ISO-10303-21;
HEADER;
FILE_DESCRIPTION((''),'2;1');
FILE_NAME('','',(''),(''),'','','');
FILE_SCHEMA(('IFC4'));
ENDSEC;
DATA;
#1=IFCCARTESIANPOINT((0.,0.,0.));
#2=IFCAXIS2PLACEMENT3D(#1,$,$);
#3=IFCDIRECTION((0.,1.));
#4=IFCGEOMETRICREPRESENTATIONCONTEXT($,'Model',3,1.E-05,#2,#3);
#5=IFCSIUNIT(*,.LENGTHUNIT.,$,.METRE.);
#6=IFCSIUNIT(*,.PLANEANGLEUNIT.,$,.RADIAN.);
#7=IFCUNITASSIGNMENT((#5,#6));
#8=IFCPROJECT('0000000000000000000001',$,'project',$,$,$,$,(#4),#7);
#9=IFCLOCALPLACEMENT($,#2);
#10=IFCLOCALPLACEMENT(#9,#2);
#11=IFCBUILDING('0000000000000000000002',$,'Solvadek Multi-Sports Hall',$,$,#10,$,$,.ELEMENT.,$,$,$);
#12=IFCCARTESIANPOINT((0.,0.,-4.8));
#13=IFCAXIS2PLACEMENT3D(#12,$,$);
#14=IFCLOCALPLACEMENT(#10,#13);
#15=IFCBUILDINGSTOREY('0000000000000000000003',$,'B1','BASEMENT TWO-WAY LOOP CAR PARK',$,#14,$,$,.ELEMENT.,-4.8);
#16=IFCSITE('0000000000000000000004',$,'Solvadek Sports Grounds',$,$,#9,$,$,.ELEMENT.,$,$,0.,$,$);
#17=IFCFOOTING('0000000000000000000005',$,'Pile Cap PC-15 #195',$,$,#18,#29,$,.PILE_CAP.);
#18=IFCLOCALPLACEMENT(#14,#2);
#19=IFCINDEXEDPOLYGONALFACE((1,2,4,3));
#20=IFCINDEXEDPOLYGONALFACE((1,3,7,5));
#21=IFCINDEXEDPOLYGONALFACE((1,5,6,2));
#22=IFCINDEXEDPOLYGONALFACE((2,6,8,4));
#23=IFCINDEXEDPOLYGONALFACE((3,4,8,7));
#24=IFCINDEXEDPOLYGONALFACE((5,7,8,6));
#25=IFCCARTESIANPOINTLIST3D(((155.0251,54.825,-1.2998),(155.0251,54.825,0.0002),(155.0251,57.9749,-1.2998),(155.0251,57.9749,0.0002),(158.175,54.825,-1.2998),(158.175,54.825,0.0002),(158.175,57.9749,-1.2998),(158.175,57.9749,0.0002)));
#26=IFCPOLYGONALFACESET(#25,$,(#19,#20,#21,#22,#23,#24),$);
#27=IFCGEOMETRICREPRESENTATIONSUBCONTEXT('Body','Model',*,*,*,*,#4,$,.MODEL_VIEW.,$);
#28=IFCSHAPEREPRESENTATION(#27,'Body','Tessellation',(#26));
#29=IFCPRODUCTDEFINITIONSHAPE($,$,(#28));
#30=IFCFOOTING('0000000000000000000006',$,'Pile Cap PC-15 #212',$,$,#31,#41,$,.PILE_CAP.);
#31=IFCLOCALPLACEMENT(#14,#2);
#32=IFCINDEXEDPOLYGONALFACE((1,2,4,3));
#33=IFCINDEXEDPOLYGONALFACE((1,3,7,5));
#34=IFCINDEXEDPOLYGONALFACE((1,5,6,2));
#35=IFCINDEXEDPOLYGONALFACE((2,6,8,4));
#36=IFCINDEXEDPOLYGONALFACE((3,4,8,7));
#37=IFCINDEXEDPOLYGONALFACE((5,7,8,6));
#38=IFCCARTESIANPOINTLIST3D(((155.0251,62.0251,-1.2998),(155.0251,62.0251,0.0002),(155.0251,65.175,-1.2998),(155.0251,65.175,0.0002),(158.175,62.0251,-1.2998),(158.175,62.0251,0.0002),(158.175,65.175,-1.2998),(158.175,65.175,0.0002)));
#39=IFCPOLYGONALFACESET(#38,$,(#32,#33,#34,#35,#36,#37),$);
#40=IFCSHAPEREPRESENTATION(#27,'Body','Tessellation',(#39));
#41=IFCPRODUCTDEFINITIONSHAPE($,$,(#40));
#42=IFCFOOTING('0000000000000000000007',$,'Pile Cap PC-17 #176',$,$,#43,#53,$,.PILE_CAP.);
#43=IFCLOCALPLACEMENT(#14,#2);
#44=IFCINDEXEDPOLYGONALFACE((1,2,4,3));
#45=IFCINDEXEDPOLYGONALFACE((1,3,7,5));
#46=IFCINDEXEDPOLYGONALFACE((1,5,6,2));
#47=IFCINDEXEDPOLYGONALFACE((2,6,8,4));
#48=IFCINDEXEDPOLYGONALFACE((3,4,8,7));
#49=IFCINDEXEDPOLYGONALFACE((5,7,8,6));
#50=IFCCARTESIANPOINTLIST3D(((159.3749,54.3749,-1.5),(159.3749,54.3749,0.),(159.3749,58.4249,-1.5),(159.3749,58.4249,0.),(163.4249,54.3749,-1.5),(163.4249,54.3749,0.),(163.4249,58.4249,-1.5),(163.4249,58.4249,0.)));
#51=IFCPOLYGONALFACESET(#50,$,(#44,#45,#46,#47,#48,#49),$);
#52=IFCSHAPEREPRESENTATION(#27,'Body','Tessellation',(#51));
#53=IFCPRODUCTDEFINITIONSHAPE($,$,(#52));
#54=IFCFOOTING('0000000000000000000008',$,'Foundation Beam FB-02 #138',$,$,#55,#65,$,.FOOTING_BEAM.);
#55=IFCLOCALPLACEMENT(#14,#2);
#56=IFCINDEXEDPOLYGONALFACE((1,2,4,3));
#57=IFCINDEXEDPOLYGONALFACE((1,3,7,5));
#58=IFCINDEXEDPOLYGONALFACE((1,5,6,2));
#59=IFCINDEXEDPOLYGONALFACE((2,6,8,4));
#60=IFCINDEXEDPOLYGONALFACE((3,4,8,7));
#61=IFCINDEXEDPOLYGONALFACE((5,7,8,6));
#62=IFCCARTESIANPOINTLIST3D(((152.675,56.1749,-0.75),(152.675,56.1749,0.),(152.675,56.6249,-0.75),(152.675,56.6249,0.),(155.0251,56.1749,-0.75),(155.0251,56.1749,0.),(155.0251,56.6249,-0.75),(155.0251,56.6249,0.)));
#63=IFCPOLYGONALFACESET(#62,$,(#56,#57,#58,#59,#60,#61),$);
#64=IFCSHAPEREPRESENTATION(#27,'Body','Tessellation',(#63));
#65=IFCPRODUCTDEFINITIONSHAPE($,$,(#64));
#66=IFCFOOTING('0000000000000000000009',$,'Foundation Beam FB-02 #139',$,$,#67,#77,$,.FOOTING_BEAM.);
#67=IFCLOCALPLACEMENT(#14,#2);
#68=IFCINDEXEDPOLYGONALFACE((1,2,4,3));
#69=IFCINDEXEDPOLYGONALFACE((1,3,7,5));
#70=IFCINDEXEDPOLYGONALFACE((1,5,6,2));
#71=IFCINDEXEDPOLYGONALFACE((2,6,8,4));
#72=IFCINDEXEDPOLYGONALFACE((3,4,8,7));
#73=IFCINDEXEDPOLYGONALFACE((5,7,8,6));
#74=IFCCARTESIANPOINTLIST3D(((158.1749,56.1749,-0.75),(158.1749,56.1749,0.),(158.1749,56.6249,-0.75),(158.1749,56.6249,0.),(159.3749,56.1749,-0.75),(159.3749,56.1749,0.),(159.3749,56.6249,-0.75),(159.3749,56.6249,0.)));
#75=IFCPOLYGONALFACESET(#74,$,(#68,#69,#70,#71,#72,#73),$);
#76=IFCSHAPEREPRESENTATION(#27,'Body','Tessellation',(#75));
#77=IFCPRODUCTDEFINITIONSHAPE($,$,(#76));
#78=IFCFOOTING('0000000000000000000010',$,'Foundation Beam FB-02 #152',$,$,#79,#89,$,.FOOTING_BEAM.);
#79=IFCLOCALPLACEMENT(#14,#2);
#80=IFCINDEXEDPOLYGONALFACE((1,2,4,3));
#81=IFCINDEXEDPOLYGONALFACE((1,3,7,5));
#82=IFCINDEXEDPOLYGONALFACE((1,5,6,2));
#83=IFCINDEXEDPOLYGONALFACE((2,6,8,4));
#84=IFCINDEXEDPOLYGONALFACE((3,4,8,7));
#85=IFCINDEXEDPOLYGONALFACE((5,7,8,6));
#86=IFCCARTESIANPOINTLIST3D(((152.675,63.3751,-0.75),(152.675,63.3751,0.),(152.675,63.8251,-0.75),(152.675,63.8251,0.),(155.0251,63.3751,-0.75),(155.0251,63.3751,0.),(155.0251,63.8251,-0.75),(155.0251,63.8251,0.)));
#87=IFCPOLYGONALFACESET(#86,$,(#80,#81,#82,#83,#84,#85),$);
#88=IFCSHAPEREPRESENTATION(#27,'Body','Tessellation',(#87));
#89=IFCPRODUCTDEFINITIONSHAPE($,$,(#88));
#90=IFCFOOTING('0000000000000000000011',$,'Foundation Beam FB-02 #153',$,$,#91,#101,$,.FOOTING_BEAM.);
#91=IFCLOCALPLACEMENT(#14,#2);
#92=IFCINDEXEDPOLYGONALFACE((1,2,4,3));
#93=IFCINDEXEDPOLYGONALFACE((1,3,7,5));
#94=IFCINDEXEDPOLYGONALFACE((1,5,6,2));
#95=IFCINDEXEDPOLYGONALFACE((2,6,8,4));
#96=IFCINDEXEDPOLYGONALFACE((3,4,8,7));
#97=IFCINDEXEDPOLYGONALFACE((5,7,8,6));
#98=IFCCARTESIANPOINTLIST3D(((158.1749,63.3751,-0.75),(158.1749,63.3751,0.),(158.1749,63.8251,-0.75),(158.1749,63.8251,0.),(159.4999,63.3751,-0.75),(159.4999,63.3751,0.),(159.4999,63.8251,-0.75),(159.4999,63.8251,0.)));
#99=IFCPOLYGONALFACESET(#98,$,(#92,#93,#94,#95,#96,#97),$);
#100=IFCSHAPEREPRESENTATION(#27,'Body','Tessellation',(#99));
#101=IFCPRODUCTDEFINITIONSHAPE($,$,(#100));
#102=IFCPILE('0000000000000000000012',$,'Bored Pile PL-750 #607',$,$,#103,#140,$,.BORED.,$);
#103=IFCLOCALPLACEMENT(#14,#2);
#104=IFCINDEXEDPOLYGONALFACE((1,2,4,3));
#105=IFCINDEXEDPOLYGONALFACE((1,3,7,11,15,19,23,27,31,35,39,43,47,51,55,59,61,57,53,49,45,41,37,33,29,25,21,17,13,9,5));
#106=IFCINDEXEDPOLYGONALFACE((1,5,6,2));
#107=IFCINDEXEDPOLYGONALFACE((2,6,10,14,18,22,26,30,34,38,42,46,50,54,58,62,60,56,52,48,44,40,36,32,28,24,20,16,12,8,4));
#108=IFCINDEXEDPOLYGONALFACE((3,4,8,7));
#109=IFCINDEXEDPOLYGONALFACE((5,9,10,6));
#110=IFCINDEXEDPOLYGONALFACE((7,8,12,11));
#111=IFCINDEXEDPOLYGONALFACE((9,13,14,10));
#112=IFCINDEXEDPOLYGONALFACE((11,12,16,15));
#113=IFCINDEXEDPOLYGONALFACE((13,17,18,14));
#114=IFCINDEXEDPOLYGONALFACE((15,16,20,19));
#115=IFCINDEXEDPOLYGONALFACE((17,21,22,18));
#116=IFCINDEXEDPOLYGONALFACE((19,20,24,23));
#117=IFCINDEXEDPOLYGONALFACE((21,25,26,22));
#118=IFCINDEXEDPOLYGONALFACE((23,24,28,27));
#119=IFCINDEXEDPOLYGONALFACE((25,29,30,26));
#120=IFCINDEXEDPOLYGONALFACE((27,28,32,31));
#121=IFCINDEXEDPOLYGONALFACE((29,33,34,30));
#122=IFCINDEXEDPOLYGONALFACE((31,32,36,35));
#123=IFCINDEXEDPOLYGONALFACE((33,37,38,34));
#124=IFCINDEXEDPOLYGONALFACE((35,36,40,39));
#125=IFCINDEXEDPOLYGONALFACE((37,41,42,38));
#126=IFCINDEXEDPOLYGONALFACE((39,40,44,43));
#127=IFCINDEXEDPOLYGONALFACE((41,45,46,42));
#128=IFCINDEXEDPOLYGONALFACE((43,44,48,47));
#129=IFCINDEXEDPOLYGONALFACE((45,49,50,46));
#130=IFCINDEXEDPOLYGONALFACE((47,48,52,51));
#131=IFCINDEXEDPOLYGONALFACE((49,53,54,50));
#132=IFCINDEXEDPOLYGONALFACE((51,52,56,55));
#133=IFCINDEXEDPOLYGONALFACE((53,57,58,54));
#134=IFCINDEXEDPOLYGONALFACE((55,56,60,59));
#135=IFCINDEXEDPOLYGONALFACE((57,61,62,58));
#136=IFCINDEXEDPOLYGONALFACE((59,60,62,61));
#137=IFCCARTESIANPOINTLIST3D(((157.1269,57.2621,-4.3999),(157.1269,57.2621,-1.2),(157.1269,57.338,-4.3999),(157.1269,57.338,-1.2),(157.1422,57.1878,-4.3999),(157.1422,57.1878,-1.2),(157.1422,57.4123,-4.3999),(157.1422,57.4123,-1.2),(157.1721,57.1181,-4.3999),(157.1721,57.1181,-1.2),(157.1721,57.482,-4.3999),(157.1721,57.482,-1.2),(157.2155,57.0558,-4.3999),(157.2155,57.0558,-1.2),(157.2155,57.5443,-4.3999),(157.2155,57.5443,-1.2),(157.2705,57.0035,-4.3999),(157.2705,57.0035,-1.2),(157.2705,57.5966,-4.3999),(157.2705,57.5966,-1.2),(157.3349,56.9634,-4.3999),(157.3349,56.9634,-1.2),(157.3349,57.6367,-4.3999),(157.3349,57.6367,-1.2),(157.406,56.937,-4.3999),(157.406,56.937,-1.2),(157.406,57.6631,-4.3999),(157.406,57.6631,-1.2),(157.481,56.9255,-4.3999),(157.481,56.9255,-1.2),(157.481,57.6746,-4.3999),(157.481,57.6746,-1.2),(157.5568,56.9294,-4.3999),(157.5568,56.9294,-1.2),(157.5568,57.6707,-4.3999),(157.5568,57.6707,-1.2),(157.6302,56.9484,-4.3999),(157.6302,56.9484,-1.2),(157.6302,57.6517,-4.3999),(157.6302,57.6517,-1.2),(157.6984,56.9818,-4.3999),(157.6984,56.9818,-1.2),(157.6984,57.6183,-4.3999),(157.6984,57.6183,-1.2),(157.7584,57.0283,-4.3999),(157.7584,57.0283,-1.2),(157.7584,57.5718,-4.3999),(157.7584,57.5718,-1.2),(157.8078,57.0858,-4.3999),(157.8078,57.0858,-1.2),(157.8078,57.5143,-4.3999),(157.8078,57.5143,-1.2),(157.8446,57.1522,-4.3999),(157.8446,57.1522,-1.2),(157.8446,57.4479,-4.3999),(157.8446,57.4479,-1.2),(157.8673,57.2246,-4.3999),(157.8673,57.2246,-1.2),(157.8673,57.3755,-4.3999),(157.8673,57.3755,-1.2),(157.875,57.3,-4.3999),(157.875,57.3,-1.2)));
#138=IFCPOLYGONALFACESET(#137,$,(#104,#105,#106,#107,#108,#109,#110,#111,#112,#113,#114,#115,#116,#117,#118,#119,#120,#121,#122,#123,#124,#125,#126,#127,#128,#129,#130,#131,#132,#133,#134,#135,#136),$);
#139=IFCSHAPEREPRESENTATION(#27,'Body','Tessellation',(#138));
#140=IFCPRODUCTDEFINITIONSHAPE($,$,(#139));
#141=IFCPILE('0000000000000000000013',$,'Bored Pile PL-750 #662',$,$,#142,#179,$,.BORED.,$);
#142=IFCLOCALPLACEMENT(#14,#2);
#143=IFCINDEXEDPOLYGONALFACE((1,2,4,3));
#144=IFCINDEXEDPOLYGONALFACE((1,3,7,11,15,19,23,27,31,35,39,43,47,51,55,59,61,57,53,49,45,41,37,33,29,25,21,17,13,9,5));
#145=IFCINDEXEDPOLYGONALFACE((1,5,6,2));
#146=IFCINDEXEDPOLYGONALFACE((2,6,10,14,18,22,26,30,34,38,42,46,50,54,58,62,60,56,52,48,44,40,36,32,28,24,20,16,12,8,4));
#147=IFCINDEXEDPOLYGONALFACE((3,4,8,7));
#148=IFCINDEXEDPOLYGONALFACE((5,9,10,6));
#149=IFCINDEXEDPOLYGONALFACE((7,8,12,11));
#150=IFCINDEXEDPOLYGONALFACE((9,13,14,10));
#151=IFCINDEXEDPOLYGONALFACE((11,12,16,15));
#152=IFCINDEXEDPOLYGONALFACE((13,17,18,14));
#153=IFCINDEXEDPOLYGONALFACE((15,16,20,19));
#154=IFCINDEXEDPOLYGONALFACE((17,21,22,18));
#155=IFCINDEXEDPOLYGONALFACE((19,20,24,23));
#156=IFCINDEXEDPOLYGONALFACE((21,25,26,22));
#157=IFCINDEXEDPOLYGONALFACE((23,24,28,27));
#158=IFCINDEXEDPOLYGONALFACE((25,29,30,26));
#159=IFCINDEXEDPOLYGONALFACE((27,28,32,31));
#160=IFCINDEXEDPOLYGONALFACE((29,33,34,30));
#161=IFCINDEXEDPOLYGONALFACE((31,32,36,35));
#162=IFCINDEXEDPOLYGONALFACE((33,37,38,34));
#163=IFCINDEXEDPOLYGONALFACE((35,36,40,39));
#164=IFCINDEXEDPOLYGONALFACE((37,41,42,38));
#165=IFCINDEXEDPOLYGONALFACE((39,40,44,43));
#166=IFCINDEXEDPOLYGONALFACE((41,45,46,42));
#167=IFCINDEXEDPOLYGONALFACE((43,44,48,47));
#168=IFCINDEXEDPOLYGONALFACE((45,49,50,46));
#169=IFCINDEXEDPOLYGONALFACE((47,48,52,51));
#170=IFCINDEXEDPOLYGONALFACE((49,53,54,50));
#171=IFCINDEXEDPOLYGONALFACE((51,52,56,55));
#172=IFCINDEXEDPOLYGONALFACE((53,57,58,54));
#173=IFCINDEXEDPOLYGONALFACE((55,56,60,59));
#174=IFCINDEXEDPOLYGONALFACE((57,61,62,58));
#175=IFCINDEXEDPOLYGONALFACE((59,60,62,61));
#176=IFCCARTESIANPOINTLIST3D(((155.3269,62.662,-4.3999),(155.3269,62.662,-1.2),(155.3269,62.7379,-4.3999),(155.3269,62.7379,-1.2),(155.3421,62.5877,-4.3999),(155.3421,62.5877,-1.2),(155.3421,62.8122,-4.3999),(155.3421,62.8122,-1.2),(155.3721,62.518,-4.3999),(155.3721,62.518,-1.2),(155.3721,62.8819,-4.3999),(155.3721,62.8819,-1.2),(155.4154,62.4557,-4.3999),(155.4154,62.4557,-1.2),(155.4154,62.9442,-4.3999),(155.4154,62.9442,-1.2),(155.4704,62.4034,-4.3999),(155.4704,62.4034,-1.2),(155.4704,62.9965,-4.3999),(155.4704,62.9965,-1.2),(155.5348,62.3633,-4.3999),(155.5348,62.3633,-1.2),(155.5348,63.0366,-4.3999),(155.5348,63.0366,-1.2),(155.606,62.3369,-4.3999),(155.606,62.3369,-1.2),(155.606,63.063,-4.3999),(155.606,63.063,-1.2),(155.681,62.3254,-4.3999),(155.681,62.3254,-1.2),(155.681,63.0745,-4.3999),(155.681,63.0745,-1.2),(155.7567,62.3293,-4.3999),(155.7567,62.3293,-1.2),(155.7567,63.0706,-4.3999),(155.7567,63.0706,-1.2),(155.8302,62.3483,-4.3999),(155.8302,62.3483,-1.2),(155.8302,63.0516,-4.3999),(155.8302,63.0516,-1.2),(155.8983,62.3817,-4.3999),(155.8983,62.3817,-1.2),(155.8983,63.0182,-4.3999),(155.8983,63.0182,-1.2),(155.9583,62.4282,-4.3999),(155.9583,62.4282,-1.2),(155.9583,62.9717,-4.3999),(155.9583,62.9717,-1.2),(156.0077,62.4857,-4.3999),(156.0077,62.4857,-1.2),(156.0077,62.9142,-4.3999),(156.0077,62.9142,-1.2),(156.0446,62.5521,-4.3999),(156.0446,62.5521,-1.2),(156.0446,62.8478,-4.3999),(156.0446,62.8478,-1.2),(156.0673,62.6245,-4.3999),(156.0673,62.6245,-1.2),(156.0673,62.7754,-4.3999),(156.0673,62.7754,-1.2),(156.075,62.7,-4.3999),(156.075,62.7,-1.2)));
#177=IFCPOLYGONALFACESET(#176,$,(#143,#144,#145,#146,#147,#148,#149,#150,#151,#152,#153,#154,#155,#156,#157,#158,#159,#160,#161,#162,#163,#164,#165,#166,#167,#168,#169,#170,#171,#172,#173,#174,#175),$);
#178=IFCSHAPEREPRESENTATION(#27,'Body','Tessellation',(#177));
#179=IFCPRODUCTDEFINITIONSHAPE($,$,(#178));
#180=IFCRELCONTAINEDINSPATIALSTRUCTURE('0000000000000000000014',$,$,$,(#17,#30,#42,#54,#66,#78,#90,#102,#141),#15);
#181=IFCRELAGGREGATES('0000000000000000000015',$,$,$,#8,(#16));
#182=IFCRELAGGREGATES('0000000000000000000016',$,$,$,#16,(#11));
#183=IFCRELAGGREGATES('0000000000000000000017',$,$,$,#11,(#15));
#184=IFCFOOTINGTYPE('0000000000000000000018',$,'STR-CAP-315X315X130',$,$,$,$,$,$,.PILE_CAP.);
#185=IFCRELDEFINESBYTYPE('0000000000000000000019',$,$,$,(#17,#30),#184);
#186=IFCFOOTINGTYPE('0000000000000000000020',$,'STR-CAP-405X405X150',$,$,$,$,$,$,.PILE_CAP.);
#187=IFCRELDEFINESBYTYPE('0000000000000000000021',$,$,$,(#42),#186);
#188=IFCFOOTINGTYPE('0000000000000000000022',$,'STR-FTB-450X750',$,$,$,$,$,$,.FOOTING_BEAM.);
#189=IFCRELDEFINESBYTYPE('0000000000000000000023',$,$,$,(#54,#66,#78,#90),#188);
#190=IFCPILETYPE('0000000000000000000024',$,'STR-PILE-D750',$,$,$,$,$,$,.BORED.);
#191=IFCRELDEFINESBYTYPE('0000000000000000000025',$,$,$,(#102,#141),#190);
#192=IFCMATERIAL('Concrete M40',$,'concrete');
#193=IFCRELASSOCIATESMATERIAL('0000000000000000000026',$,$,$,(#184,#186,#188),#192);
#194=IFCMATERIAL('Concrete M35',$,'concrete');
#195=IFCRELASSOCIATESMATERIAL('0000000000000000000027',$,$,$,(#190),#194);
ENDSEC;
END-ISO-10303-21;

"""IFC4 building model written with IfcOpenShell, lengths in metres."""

from ifc_helpers import new_model, si_unit, direction, frame, origin, origin_2d, place, context, subcontext, project, spatial, rectangle, circle, extrude, material, material_profile, profile_set, type_object, element, save


model = new_model("IFC4")

# Units and contexts
model_context = context("Model", 3, precision=1e-05, world=origin(), true_north=direction((0.0, 1.0)))
body_context = subcontext(model_context, "Body", "Model", "MODEL_VIEW")
ifc_project = project(units=[si_unit("LENGTHUNIT", "METRE"), si_unit("PLANEANGLEUNIT", "RADIAN")], contexts=[model_context])

# Site, building, storey
site_placement = place(None, origin())
site = spatial("IfcSite", under=ifc_project, at=site_placement, Name="Solvadek Sports Grounds", CompositionType="ELEMENT", RefElevation=0.0)
building_placement = place(site_placement, origin())
building = spatial("IfcBuilding", under=site, at=building_placement, Name="Solvadek Multi-Sports Hall", CompositionType="ELEMENT")
storey_placement = place(building_placement, frame((0.0, 0.0, -4.8)))
storey = spatial("IfcBuildingStorey", under=building, at=storey_placement, Name="B1", Description="BASEMENT TWO-WAY LOOP CAR PARK", CompositionType="ELEMENT", Elevation=-4.8)

# Footings
ifc_material_1 = material(Name="Concrete M40", Category="concrete")
footing_type_1 = type_object("IfcFootingType", Name="STR-CAP-315X315X130", PredefinedType="PILE_CAP", material=ifc_material_1)
for number, where, z_axis, x_axis, name in (
    (1, (156.6001, 56.3999, -1.2998), (0.0, 0.0, 1.0), (1.0, 0.0, 0.0), "Pile Cap PC-15 #195"),
    (2, (156.6001, 63.6001, -1.2998), (0.0, 0.0, 1.0), (1.0, 0.0, 0.0), "Pile Cap PC-15 #212"),
):
    element("IfcFooting", number, at=place(storey_placement, frame(where, z_axis=z_axis, x_axis=x_axis)), inside=storey, type_object=footing_type_1, Name=name, PredefinedType="PILE_CAP", context=body_context, shape_type="SweptSolid", body=[
        extrude(rectangle(XDim=3.1499, YDim=3.1499, at=origin_2d()), origin(), (0.0, 0.0, 1.0), 1.3),
    ])
footing_type_2 = type_object("IfcFootingType", Name="STR-CAP-405X405X150", PredefinedType="PILE_CAP", material=ifc_material_1)
footing_1_placement = place(storey_placement, frame((161.3999, 56.3999, -1.5), z_axis=(0.0, 0.0, 1.0), x_axis=(1.0, 0.0, 0.0)))
element("IfcFooting", 3, at=footing_1_placement, inside=storey, type_object=footing_type_2, Name="Pile Cap PC-17 #176", PredefinedType="PILE_CAP", context=body_context, shape_type="SweptSolid", body=[
    extrude(rectangle(XDim=4.05, YDim=4.05, at=origin_2d()), origin(), (0.0, 0.0, 1.0), 1.5),
])
footing_type_3 = type_object("IfcFootingType", Name="STR-FTB-450X750", PredefinedType="FOOTING_BEAM", material=ifc_material_1)
footing_2_placement = place(storey_placement, frame((153.8501, 56.3999, -0.75), z_axis=(0.0, 0.0, 1.0), x_axis=(1.0, 0.0, 0.0)))
element("IfcFooting", 4, at=footing_2_placement, inside=storey, type_object=footing_type_3, Name="Foundation Beam FB-02 #138", PredefinedType="FOOTING_BEAM", context=body_context, shape_type="SweptSolid", body=[
    extrude(rectangle(XDim=2.3501, YDim=0.45, at=origin_2d()), origin(), (0.0, 0.0, 1.0), 0.75),
])
footing_3_placement = place(storey_placement, frame((158.7749, 56.3999, -0.75), z_axis=(0.0, 0.0, 1.0), x_axis=(1.0, 0.0, 0.0)))
element("IfcFooting", 5, at=footing_3_placement, inside=storey, type_object=footing_type_3, Name="Foundation Beam FB-02 #139", PredefinedType="FOOTING_BEAM", context=body_context, shape_type="SweptSolid", body=[
    extrude(rectangle(XDim=1.2, YDim=0.45, at=origin_2d()), origin(), (0.0, 0.0, 1.0), 0.75),
])
footing_4_placement = place(storey_placement, frame((153.8501, 63.6001, -0.75), z_axis=(0.0, 0.0, 1.0), x_axis=(1.0, 0.0, 0.0)))
element("IfcFooting", 6, at=footing_4_placement, inside=storey, type_object=footing_type_3, Name="Foundation Beam FB-02 #152", PredefinedType="FOOTING_BEAM", context=body_context, shape_type="SweptSolid", body=[
    extrude(rectangle(XDim=2.3501, YDim=0.45, at=origin_2d()), origin(), (0.0, 0.0, 1.0), 0.75),
])
footing_5_placement = place(storey_placement, frame((158.8374, 63.6001, -0.75), z_axis=(0.0, 0.0, 1.0), x_axis=(1.0, 0.0, 0.0)))
element("IfcFooting", 7, at=footing_5_placement, inside=storey, type_object=footing_type_3, Name="Foundation Beam FB-02 #153", PredefinedType="FOOTING_BEAM", context=body_context, shape_type="SweptSolid", body=[
    extrude(rectangle(XDim=1.325, YDim=0.45, at=origin_2d()), origin(), (0.0, 0.0, 1.0), 0.75),
])

# Piles
ifc_material_2 = material(Name="Concrete M35", Category="concrete")
ifc_material_profile_1 = material_profile(ifc_material_2, circle(Radius=0.375, at=origin_2d()), Name="BORED PILE D750")
ifc_profile_set_1 = profile_set([ifc_material_profile_1], Name="Concrete M35")
pile_type_1 = type_object("IfcPileType", Name="STR-PILE-D750", PredefinedType="BORED", material=ifc_profile_set_1)
for number, where, z_axis, x_axis, name in (
    (8, (157.5, 57.3, -1.2), (0.0, 0.0, -1.0), (1.0, 0.0, 0.0), "Bored Pile PL-750 #607"),
    (9, (155.7, 62.7, -1.2), (0.0, 0.0, -1.0), (1.0, 0.0, 0.0), "Bored Pile PL-750 #662"),
):
    element("IfcPile", number, at=place(storey_placement, frame(where, z_axis=z_axis, x_axis=x_axis)), inside=storey, type_object=pile_type_1, Name=name, PredefinedType="BORED", context=body_context, shape_type="SweptSolid", body=[
        extrude(circle(Radius=0.375, at=origin_2d()), origin(), (0.0, 0.0, 1.0), 3.2),
    ])

save(model, "model.ifc")
